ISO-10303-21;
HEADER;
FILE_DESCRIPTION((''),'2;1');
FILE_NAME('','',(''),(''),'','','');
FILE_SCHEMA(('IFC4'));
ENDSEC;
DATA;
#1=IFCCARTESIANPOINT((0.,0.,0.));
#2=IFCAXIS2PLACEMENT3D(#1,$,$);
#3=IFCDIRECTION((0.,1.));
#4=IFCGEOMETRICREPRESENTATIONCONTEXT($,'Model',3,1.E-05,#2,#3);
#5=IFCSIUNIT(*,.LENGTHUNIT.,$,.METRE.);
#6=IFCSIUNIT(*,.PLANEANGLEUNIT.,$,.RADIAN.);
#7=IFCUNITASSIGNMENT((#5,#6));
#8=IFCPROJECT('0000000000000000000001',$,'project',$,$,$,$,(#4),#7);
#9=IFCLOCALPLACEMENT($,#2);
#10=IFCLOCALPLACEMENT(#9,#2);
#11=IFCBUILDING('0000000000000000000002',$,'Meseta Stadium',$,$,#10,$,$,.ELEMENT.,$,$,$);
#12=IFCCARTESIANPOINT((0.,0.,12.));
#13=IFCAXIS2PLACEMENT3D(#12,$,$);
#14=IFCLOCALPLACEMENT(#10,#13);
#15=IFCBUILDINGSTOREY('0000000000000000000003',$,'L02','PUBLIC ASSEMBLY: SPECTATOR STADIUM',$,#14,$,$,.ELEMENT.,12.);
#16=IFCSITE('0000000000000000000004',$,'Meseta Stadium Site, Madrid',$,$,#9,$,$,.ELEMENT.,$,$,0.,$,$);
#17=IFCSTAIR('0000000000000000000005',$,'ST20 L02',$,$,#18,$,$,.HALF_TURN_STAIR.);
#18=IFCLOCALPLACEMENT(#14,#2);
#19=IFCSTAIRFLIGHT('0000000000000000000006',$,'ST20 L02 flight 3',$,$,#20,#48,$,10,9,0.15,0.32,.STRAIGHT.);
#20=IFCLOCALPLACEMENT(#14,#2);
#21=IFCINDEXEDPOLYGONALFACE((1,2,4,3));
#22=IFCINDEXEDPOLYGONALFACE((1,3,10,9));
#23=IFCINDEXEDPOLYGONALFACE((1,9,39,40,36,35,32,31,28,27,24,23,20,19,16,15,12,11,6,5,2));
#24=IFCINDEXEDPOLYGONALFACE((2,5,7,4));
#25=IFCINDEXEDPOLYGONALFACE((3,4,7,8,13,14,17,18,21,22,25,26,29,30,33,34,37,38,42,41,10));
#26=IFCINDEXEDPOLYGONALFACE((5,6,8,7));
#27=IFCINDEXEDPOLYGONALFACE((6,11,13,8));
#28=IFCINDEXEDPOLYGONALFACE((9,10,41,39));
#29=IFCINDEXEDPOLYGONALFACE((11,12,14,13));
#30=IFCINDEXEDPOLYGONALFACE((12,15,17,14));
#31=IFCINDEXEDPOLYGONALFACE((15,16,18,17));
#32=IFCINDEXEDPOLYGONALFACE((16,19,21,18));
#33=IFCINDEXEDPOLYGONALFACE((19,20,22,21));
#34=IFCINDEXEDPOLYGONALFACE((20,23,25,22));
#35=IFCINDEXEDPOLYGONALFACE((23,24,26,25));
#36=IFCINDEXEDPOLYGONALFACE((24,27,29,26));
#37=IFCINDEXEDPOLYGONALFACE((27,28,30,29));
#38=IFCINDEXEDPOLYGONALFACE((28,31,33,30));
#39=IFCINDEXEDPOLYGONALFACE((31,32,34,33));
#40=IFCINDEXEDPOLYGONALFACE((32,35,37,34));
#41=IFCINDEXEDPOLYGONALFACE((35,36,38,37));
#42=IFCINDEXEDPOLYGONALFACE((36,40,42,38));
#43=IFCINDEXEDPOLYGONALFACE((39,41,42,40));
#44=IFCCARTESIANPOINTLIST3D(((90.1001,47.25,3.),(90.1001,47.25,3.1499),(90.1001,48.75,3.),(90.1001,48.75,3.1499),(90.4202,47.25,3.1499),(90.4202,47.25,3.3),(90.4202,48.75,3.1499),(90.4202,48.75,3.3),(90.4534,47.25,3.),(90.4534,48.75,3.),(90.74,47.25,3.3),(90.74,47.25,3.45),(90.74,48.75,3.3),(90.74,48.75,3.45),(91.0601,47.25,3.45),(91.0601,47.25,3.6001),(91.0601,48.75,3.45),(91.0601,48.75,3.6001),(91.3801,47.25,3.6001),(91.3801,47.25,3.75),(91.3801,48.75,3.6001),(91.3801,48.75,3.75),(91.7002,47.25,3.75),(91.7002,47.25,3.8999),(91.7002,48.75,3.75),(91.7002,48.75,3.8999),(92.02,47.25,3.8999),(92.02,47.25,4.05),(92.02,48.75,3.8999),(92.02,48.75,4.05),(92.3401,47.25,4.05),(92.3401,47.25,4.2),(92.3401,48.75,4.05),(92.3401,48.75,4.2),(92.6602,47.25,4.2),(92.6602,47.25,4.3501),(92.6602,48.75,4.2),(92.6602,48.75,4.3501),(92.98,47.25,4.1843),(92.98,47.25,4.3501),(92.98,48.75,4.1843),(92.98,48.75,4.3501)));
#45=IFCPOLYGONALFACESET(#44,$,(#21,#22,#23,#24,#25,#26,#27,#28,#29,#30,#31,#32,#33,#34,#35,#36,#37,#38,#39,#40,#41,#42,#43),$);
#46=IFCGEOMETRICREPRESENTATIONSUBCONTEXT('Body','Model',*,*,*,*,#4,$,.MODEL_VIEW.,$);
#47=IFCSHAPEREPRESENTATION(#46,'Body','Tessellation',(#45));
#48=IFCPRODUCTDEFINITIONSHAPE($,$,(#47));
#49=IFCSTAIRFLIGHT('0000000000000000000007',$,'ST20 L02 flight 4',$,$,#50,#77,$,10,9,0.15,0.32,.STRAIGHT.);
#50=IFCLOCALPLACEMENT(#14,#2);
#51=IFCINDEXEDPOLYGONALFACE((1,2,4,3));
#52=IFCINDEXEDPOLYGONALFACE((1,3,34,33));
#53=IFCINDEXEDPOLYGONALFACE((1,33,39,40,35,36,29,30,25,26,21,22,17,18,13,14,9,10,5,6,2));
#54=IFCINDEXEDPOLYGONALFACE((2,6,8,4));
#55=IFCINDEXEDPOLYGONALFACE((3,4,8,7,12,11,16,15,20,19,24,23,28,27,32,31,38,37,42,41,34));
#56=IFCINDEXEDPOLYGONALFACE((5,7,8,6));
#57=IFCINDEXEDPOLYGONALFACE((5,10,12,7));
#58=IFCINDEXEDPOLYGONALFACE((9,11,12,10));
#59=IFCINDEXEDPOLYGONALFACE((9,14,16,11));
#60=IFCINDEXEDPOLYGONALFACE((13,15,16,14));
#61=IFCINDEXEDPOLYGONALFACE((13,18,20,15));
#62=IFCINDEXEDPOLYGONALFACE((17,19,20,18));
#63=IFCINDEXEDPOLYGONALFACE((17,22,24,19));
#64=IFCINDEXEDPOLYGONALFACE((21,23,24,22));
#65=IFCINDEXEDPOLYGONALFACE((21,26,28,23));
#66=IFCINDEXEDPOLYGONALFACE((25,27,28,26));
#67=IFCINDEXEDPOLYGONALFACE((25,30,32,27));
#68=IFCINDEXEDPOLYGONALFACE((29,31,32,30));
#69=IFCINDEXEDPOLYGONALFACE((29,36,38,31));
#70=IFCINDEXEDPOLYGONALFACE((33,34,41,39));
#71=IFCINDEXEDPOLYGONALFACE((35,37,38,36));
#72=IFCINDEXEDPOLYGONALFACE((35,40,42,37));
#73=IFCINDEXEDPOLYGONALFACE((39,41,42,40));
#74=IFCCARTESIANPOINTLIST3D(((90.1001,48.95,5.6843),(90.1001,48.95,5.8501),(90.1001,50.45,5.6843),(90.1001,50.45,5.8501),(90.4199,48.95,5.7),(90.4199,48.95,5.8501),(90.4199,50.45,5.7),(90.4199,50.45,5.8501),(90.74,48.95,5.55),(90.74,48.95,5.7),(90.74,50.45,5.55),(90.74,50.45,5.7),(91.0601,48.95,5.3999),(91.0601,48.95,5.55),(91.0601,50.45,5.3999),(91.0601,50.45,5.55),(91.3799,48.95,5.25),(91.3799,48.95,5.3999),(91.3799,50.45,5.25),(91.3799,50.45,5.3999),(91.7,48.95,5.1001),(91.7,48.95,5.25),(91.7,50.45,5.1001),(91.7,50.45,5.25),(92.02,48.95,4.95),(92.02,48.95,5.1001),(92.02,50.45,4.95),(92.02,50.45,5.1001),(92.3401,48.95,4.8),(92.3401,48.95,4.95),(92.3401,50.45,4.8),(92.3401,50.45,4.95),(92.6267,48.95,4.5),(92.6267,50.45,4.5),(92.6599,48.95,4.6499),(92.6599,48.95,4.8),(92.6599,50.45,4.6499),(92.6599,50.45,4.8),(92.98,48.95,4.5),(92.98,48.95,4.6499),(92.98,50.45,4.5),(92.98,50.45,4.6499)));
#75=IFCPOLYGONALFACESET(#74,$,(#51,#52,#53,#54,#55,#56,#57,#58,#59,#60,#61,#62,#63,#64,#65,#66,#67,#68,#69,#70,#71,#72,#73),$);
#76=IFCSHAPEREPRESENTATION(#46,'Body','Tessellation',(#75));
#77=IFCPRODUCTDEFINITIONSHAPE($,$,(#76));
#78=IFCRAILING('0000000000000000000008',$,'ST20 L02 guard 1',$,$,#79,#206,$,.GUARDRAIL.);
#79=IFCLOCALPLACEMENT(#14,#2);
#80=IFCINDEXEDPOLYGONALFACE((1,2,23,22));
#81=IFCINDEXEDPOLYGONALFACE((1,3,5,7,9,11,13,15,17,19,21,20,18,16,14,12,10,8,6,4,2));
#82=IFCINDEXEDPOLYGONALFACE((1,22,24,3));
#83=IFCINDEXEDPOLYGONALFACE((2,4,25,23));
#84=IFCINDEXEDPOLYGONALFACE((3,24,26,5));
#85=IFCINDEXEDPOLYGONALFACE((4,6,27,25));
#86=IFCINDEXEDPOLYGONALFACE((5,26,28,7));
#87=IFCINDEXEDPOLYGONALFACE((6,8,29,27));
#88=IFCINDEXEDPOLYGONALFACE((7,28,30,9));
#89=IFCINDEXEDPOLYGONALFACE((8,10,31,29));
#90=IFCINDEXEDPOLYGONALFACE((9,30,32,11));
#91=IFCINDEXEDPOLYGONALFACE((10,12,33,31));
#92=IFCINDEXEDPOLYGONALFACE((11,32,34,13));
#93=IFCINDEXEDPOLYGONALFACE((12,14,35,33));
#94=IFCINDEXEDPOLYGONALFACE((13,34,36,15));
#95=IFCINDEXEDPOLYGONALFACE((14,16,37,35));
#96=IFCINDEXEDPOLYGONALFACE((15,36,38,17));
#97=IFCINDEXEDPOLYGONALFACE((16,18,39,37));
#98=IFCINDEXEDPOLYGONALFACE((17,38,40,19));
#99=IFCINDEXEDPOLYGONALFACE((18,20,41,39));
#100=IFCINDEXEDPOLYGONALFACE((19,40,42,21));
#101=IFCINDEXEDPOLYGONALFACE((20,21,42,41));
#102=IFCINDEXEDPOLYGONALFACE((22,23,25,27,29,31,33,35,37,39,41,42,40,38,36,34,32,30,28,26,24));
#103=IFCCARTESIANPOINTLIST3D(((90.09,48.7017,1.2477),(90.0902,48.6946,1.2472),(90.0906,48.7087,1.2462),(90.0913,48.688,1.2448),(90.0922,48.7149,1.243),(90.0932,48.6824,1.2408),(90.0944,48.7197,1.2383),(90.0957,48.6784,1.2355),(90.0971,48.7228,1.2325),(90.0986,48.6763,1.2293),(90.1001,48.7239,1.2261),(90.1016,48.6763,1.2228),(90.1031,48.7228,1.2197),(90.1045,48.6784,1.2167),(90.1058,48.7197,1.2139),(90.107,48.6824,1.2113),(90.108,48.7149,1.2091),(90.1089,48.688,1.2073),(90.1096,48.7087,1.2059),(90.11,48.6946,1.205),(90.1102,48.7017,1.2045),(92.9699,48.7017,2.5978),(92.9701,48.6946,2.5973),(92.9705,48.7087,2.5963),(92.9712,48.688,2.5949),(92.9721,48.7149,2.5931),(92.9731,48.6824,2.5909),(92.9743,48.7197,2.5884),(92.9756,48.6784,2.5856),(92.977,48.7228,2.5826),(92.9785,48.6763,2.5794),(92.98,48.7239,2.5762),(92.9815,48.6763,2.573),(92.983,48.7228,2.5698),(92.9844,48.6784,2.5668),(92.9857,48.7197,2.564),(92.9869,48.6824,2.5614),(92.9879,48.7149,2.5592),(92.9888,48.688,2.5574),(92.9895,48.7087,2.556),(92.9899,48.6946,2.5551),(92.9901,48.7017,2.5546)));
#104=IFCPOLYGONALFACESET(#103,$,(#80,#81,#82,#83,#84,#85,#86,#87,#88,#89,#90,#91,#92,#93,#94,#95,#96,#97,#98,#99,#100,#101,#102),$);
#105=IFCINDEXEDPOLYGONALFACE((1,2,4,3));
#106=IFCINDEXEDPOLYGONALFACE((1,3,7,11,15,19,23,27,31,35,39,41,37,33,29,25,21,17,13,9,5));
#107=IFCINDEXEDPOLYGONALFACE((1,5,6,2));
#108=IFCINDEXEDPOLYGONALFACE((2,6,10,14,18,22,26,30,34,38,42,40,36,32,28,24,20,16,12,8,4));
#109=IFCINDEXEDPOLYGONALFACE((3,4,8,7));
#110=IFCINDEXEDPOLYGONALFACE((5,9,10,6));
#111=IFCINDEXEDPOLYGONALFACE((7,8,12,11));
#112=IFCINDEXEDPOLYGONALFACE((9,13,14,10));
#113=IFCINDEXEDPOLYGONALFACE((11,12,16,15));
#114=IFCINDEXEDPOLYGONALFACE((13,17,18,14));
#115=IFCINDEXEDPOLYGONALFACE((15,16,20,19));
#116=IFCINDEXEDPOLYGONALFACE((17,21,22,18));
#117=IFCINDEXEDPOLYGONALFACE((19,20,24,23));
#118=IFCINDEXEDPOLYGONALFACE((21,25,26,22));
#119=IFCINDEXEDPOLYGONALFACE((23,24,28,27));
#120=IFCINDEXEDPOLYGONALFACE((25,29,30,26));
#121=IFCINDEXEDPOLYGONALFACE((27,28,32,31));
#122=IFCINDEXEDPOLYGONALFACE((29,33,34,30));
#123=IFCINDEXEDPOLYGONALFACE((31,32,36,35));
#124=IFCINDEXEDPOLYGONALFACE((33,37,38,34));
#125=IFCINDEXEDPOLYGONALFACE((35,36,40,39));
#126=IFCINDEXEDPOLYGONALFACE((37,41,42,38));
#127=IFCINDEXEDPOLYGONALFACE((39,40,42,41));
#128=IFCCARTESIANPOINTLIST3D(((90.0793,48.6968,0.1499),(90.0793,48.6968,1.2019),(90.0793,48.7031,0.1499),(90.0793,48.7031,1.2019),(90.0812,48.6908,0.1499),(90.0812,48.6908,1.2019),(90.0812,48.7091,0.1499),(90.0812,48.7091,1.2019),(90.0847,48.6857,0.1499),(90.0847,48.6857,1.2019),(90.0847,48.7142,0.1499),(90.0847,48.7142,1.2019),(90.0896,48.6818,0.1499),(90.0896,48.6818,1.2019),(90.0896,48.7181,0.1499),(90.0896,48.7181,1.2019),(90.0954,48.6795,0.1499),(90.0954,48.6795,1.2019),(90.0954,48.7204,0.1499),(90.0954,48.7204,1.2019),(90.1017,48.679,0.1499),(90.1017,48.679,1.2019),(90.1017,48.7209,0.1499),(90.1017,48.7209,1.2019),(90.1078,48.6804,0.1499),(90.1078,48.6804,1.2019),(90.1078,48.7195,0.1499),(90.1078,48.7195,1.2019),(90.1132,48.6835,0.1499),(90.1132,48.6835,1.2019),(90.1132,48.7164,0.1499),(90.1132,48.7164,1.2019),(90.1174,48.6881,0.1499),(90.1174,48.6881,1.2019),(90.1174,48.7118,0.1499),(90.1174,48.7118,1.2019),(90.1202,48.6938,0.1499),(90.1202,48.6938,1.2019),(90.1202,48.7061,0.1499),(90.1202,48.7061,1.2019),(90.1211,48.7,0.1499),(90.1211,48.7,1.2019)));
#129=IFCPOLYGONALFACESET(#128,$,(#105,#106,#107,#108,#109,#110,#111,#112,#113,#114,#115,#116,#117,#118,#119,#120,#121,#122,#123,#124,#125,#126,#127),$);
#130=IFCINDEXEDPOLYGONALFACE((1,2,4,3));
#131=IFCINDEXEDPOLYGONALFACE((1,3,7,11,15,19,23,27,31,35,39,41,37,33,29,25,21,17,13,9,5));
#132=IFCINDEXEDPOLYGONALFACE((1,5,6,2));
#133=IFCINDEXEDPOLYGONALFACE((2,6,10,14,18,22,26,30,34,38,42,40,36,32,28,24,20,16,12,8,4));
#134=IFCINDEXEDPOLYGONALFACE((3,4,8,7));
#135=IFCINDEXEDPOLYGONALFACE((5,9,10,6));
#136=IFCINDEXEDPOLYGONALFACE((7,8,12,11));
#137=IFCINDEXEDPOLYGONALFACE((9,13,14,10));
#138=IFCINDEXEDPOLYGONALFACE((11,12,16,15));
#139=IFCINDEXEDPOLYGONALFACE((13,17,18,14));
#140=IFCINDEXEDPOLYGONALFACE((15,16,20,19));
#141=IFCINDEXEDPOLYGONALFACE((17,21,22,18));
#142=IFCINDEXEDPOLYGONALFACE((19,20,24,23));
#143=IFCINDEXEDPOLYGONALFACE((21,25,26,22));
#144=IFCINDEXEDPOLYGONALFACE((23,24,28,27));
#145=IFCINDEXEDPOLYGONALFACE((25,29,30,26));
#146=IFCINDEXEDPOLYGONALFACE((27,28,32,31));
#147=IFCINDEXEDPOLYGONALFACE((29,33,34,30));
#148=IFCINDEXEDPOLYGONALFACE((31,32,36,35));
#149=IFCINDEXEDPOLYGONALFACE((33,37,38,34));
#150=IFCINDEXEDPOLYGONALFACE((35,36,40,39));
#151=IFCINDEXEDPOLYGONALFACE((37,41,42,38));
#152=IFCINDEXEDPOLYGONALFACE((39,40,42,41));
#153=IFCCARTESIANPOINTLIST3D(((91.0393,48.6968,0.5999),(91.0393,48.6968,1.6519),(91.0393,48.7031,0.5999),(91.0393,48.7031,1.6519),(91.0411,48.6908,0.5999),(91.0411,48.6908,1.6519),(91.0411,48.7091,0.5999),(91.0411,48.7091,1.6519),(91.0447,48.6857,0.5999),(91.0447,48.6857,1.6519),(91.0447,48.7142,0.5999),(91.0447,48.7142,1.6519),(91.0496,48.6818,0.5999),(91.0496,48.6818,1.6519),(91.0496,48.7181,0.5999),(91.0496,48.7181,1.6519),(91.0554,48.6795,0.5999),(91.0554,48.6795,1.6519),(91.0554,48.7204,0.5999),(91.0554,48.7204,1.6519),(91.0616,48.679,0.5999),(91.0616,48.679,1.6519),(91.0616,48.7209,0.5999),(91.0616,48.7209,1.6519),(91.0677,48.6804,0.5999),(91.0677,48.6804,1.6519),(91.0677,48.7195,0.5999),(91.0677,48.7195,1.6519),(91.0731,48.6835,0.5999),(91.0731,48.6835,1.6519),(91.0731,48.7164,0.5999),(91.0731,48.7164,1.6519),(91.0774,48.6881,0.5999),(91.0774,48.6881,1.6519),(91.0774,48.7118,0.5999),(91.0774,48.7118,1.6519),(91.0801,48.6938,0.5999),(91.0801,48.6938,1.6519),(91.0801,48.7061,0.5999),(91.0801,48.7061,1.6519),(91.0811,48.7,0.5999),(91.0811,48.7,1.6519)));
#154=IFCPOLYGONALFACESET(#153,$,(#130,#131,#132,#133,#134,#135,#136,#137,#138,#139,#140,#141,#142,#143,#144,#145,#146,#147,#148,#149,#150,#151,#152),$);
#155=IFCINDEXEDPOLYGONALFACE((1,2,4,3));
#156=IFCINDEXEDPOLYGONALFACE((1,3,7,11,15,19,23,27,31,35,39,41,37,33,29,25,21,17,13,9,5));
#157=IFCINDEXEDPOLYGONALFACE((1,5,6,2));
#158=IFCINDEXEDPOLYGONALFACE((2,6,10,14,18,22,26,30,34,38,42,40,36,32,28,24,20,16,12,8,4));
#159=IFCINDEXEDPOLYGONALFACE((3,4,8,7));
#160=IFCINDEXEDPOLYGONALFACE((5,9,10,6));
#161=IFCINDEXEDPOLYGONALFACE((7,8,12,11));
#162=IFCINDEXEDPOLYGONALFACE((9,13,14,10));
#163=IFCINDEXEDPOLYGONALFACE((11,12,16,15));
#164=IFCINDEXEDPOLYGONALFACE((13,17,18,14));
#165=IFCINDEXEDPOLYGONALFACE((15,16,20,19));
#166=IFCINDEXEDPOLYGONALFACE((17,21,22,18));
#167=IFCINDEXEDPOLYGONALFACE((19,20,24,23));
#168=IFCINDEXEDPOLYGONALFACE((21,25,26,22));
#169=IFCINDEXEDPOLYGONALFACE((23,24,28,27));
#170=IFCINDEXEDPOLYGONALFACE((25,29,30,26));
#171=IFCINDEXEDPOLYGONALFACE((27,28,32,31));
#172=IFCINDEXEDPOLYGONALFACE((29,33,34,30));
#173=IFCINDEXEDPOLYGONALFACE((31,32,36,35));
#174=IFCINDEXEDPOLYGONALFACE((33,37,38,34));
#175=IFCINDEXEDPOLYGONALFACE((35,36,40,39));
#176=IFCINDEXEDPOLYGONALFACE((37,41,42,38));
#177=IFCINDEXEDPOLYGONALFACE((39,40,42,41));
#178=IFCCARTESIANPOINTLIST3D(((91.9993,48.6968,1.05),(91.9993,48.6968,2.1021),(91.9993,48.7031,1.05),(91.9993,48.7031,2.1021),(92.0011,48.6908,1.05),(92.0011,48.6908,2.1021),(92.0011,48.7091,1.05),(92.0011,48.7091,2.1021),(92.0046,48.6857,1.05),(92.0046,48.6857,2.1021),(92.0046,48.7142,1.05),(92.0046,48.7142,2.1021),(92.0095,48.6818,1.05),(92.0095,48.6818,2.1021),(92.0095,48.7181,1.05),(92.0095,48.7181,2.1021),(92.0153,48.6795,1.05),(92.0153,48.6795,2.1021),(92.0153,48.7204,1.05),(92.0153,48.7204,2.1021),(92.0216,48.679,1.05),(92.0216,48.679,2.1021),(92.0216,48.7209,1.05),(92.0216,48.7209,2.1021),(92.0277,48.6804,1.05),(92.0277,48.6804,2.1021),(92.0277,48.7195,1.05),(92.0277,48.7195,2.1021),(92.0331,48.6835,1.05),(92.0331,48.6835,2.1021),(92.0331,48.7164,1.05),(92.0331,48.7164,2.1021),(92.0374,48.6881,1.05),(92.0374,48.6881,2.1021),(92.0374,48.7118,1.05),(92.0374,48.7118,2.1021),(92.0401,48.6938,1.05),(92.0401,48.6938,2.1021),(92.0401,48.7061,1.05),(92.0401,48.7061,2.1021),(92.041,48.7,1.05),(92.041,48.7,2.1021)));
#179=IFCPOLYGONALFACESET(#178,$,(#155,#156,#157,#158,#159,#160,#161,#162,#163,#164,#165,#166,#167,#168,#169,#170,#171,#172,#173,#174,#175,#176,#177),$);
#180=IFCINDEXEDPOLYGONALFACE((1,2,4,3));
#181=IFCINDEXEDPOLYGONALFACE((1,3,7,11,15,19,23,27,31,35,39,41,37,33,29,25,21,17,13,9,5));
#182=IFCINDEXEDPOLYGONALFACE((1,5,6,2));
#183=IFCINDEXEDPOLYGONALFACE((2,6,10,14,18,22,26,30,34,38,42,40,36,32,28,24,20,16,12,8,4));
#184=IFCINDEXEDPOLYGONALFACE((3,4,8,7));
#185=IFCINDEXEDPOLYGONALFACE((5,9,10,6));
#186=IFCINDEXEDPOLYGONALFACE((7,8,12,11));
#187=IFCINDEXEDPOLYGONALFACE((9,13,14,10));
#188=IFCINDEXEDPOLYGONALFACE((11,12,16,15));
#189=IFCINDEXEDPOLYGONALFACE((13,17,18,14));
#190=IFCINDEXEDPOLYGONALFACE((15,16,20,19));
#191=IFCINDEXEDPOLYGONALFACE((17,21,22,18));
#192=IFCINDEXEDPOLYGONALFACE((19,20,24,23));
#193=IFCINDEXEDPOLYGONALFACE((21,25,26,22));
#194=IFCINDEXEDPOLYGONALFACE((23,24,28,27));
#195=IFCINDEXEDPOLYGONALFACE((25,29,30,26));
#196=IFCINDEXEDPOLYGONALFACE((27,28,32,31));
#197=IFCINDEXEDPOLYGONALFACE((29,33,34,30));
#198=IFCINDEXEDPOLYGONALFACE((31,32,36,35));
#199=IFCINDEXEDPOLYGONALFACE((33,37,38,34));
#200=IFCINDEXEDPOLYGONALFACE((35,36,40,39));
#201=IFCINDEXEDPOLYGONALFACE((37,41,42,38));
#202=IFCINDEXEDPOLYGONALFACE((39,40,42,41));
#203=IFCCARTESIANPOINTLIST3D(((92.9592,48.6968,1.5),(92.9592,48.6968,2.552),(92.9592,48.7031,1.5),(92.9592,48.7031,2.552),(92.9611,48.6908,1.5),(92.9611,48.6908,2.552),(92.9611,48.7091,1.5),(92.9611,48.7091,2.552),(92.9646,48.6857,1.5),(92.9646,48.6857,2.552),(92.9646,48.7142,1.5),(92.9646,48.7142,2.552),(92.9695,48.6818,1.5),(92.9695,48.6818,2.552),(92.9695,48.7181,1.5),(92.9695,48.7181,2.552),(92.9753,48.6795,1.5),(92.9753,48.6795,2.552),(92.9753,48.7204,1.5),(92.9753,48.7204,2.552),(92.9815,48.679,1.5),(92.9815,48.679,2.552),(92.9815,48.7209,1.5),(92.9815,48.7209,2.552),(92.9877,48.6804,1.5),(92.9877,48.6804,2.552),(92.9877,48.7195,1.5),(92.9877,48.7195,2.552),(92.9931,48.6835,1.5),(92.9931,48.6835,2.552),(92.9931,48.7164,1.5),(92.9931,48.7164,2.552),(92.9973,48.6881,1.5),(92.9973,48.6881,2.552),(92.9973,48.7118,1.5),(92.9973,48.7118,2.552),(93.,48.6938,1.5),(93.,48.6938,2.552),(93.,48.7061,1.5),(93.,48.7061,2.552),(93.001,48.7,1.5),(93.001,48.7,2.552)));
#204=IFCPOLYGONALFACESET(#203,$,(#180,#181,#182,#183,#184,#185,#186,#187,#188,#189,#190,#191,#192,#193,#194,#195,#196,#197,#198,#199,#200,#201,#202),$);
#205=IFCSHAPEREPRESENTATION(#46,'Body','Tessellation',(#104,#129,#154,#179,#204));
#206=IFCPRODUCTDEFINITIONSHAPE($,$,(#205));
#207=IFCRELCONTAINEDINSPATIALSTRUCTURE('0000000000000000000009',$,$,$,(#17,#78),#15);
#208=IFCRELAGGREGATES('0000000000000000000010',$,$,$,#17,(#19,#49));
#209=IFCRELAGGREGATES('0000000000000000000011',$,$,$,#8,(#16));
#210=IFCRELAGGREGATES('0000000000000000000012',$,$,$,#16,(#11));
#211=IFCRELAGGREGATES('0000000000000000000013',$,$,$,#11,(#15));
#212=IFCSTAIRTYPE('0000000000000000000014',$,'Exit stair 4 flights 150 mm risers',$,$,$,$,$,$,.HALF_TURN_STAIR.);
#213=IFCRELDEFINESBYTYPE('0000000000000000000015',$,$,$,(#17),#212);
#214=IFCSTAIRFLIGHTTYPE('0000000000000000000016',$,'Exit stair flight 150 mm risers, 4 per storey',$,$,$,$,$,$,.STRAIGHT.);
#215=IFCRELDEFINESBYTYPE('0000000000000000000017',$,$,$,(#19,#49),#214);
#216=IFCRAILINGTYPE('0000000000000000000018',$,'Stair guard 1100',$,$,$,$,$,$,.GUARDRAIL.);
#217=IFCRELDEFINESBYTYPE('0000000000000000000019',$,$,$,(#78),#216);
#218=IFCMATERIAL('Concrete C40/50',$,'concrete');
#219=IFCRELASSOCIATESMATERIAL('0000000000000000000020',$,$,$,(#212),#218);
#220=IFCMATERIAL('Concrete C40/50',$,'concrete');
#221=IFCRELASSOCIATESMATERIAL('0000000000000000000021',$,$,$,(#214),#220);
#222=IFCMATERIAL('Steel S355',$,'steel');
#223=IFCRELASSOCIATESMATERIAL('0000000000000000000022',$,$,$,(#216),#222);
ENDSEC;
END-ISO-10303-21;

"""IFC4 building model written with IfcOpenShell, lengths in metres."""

from ifc_helpers import new_model, si_unit, direction, frame, origin, origin_2d, place, context, subcontext, project, spatial, polyline, circle, outline, extrude, material, type_object, element, aggregate, save


model = new_model("IFC4")

# Units and contexts
model_context = context("Model", 3, precision=1e-05, world=origin(), true_north=direction((0.0, 1.0)))
body_context = subcontext(model_context, "Body", "Model", "MODEL_VIEW")
ifc_project = project(units=[si_unit("LENGTHUNIT", "METRE"), si_unit("PLANEANGLEUNIT", "RADIAN")], contexts=[model_context])

# Site, building, storey
site_placement = place(None, origin())
site = spatial("IfcSite", under=ifc_project, at=site_placement, Name="Meseta Stadium Site, Madrid", CompositionType="ELEMENT", RefElevation=0.0)
building_placement = place(site_placement, origin())
building = spatial("IfcBuilding", under=site, at=building_placement, Name="Meseta Stadium", CompositionType="ELEMENT")
storey_placement = place(building_placement, frame((0.0, 0.0, 12.0)))
storey = spatial("IfcBuildingStorey", under=building, at=storey_placement, Name="L02", Description="PUBLIC ASSEMBLY: SPECTATOR STADIUM", CompositionType="ELEMENT", Elevation=12.0)

# Stair, stair flights
ifc_material_1 = material(Name="Concrete C40/50", Category="concrete")
stair_type = type_object("IfcStairType", Name="Exit stair 4 flights 150 mm risers", PredefinedType="HALF_TURN_STAIR", material=ifc_material_1)
stair_placement = place(storey_placement, origin())
stair = element("IfcStair", 1, at=stair_placement, inside=storey, type_object=stair_type, Name="ST20 L02", PredefinedType="HALF_TURN_STAIR")
ifc_material_2 = material(Name="Concrete C40/50", Category="concrete")
stair_flight_type = type_object("IfcStairFlightType", Name="Exit stair flight 150 mm risers, 4 per storey", PredefinedType="STRAIGHT", material=ifc_material_2)
stair_flight_1_placement = place(storey_placement, frame((90.1001, 48.0, 3.0), z_axis=(0.0, 0.0, 1.0), x_axis=(1.0, 0.0, 0.0)))
stair_flight_1 = element("IfcStairFlight", 2, at=stair_flight_1_placement, type_object=stair_flight_type, Name="ST20 L02 flight 3", NumberOfRisers=10, NumberOfTreads=9, PredefinedType="STRAIGHT", RiserHeight=0.15, TreadLength=0.32, context=body_context, shape_type="SweptSolid", body=[
    extrude(outline(polyline([(0.0, 0.0), (0.0, 0.1499), (0.3201, 0.1499), (0.3201, 0.3), (0.6399, 0.3), (0.6399, 0.45), (0.96, 0.45), (0.96, 0.6001), (1.28, 0.6001), (1.28, 0.75), (1.6001, 0.75), (1.6001, 0.8999), (1.9199, 0.8999), (1.9199, 1.05), (2.24, 1.05), (2.24, 1.2), (2.5601, 1.2), (2.5601, 1.3501), (2.8799, 1.3501), (2.8799, 1.1843), (0.3533, 0.0), (0.0, 0.0)])), frame((0.0, 0.75, 0.0), z_axis=(0.0, -1.0, 0.0), x_axis=(1.0, 0.0, 0.0)), (0.0, 0.0, 1.0), 1.5),
])
stair_flight_2_placement = place(storey_placement, frame((92.98, 49.7, 4.5), z_axis=(0.0, 0.0, 1.0), x_axis=(-1.0, 0.0, 0.0)))
stair_flight_2 = element("IfcStairFlight", 3, at=stair_flight_2_placement, type_object=stair_flight_type, Name="ST20 L02 flight 4", NumberOfRisers=10, NumberOfTreads=9, PredefinedType="STRAIGHT", RiserHeight=0.15, TreadLength=0.32, context=body_context, shape_type="SweptSolid", body=[
    extrude(outline(polyline([(0.0, 0.0), (0.0, 0.1499), (0.3201, 0.1499), (0.3201, 0.3), (0.6399, 0.3), (0.6399, 0.45), (0.96, 0.45), (0.96, 0.6001), (1.28, 0.6001), (1.28, 0.75), (1.6001, 0.75), (1.6001, 0.8999), (1.9199, 0.8999), (1.9199, 1.05), (2.24, 1.05), (2.24, 1.2), (2.5601, 1.2), (2.5601, 1.3501), (2.8799, 1.3501), (2.8799, 1.1843), (0.3533, 0.0), (0.0, 0.0)])), frame((0.0, 0.75, 0.0), z_axis=(0.0, -1.0, 0.0), x_axis=(1.0, 0.0, 0.0)), (0.0, 0.0, 1.0), 1.5),
])
aggregate(stair, [stair_flight_1, stair_flight_2])

# Railing
ifc_material_3 = material(Name="Steel S355", Category="steel")
railing_type_1 = type_object("IfcRailingType", Name="Stair guard 1100", PredefinedType="GUARDRAIL", material=ifc_material_3)
railing_1_placement = place(storey_placement, frame((90.1001, 48.7, 0.1499)))
element("IfcRailing", 4, at=railing_1_placement, inside=storey, type_object=railing_type_1, Name="ST20 L02 guard 1", PredefinedType="GUARDRAIL", context=body_context, shape_type="SweptSolid", body=[
    extrude(circle(Radius=0.0239, at=origin_2d()), frame((0.0, 0.0, 1.0762), z_axis=(0.90544, 0.0, 0.424473), x_axis=(0.0, 1.0, 0.0)), (0.0, 0.0, 1.0), 3.1807),
    extrude(circle(Radius=0.021, at=origin_2d()), origin(), (0.0, 0.0, 1.0), 1.052),
    extrude(circle(Radius=0.021, at=origin_2d()), frame((0.96, 0.0, 0.45)), (0.0, 0.0, 1.0), 1.052),
    extrude(circle(Radius=0.021, at=origin_2d()), frame((1.9199, 0.0, 0.9001)), (0.0, 0.0, 1.0), 1.052),
    extrude(circle(Radius=0.021, at=origin_2d()), frame((2.8799, 0.0, 1.3501)), (0.0, 0.0, 1.0), 1.052),
])

save(model, "model.ifc")
